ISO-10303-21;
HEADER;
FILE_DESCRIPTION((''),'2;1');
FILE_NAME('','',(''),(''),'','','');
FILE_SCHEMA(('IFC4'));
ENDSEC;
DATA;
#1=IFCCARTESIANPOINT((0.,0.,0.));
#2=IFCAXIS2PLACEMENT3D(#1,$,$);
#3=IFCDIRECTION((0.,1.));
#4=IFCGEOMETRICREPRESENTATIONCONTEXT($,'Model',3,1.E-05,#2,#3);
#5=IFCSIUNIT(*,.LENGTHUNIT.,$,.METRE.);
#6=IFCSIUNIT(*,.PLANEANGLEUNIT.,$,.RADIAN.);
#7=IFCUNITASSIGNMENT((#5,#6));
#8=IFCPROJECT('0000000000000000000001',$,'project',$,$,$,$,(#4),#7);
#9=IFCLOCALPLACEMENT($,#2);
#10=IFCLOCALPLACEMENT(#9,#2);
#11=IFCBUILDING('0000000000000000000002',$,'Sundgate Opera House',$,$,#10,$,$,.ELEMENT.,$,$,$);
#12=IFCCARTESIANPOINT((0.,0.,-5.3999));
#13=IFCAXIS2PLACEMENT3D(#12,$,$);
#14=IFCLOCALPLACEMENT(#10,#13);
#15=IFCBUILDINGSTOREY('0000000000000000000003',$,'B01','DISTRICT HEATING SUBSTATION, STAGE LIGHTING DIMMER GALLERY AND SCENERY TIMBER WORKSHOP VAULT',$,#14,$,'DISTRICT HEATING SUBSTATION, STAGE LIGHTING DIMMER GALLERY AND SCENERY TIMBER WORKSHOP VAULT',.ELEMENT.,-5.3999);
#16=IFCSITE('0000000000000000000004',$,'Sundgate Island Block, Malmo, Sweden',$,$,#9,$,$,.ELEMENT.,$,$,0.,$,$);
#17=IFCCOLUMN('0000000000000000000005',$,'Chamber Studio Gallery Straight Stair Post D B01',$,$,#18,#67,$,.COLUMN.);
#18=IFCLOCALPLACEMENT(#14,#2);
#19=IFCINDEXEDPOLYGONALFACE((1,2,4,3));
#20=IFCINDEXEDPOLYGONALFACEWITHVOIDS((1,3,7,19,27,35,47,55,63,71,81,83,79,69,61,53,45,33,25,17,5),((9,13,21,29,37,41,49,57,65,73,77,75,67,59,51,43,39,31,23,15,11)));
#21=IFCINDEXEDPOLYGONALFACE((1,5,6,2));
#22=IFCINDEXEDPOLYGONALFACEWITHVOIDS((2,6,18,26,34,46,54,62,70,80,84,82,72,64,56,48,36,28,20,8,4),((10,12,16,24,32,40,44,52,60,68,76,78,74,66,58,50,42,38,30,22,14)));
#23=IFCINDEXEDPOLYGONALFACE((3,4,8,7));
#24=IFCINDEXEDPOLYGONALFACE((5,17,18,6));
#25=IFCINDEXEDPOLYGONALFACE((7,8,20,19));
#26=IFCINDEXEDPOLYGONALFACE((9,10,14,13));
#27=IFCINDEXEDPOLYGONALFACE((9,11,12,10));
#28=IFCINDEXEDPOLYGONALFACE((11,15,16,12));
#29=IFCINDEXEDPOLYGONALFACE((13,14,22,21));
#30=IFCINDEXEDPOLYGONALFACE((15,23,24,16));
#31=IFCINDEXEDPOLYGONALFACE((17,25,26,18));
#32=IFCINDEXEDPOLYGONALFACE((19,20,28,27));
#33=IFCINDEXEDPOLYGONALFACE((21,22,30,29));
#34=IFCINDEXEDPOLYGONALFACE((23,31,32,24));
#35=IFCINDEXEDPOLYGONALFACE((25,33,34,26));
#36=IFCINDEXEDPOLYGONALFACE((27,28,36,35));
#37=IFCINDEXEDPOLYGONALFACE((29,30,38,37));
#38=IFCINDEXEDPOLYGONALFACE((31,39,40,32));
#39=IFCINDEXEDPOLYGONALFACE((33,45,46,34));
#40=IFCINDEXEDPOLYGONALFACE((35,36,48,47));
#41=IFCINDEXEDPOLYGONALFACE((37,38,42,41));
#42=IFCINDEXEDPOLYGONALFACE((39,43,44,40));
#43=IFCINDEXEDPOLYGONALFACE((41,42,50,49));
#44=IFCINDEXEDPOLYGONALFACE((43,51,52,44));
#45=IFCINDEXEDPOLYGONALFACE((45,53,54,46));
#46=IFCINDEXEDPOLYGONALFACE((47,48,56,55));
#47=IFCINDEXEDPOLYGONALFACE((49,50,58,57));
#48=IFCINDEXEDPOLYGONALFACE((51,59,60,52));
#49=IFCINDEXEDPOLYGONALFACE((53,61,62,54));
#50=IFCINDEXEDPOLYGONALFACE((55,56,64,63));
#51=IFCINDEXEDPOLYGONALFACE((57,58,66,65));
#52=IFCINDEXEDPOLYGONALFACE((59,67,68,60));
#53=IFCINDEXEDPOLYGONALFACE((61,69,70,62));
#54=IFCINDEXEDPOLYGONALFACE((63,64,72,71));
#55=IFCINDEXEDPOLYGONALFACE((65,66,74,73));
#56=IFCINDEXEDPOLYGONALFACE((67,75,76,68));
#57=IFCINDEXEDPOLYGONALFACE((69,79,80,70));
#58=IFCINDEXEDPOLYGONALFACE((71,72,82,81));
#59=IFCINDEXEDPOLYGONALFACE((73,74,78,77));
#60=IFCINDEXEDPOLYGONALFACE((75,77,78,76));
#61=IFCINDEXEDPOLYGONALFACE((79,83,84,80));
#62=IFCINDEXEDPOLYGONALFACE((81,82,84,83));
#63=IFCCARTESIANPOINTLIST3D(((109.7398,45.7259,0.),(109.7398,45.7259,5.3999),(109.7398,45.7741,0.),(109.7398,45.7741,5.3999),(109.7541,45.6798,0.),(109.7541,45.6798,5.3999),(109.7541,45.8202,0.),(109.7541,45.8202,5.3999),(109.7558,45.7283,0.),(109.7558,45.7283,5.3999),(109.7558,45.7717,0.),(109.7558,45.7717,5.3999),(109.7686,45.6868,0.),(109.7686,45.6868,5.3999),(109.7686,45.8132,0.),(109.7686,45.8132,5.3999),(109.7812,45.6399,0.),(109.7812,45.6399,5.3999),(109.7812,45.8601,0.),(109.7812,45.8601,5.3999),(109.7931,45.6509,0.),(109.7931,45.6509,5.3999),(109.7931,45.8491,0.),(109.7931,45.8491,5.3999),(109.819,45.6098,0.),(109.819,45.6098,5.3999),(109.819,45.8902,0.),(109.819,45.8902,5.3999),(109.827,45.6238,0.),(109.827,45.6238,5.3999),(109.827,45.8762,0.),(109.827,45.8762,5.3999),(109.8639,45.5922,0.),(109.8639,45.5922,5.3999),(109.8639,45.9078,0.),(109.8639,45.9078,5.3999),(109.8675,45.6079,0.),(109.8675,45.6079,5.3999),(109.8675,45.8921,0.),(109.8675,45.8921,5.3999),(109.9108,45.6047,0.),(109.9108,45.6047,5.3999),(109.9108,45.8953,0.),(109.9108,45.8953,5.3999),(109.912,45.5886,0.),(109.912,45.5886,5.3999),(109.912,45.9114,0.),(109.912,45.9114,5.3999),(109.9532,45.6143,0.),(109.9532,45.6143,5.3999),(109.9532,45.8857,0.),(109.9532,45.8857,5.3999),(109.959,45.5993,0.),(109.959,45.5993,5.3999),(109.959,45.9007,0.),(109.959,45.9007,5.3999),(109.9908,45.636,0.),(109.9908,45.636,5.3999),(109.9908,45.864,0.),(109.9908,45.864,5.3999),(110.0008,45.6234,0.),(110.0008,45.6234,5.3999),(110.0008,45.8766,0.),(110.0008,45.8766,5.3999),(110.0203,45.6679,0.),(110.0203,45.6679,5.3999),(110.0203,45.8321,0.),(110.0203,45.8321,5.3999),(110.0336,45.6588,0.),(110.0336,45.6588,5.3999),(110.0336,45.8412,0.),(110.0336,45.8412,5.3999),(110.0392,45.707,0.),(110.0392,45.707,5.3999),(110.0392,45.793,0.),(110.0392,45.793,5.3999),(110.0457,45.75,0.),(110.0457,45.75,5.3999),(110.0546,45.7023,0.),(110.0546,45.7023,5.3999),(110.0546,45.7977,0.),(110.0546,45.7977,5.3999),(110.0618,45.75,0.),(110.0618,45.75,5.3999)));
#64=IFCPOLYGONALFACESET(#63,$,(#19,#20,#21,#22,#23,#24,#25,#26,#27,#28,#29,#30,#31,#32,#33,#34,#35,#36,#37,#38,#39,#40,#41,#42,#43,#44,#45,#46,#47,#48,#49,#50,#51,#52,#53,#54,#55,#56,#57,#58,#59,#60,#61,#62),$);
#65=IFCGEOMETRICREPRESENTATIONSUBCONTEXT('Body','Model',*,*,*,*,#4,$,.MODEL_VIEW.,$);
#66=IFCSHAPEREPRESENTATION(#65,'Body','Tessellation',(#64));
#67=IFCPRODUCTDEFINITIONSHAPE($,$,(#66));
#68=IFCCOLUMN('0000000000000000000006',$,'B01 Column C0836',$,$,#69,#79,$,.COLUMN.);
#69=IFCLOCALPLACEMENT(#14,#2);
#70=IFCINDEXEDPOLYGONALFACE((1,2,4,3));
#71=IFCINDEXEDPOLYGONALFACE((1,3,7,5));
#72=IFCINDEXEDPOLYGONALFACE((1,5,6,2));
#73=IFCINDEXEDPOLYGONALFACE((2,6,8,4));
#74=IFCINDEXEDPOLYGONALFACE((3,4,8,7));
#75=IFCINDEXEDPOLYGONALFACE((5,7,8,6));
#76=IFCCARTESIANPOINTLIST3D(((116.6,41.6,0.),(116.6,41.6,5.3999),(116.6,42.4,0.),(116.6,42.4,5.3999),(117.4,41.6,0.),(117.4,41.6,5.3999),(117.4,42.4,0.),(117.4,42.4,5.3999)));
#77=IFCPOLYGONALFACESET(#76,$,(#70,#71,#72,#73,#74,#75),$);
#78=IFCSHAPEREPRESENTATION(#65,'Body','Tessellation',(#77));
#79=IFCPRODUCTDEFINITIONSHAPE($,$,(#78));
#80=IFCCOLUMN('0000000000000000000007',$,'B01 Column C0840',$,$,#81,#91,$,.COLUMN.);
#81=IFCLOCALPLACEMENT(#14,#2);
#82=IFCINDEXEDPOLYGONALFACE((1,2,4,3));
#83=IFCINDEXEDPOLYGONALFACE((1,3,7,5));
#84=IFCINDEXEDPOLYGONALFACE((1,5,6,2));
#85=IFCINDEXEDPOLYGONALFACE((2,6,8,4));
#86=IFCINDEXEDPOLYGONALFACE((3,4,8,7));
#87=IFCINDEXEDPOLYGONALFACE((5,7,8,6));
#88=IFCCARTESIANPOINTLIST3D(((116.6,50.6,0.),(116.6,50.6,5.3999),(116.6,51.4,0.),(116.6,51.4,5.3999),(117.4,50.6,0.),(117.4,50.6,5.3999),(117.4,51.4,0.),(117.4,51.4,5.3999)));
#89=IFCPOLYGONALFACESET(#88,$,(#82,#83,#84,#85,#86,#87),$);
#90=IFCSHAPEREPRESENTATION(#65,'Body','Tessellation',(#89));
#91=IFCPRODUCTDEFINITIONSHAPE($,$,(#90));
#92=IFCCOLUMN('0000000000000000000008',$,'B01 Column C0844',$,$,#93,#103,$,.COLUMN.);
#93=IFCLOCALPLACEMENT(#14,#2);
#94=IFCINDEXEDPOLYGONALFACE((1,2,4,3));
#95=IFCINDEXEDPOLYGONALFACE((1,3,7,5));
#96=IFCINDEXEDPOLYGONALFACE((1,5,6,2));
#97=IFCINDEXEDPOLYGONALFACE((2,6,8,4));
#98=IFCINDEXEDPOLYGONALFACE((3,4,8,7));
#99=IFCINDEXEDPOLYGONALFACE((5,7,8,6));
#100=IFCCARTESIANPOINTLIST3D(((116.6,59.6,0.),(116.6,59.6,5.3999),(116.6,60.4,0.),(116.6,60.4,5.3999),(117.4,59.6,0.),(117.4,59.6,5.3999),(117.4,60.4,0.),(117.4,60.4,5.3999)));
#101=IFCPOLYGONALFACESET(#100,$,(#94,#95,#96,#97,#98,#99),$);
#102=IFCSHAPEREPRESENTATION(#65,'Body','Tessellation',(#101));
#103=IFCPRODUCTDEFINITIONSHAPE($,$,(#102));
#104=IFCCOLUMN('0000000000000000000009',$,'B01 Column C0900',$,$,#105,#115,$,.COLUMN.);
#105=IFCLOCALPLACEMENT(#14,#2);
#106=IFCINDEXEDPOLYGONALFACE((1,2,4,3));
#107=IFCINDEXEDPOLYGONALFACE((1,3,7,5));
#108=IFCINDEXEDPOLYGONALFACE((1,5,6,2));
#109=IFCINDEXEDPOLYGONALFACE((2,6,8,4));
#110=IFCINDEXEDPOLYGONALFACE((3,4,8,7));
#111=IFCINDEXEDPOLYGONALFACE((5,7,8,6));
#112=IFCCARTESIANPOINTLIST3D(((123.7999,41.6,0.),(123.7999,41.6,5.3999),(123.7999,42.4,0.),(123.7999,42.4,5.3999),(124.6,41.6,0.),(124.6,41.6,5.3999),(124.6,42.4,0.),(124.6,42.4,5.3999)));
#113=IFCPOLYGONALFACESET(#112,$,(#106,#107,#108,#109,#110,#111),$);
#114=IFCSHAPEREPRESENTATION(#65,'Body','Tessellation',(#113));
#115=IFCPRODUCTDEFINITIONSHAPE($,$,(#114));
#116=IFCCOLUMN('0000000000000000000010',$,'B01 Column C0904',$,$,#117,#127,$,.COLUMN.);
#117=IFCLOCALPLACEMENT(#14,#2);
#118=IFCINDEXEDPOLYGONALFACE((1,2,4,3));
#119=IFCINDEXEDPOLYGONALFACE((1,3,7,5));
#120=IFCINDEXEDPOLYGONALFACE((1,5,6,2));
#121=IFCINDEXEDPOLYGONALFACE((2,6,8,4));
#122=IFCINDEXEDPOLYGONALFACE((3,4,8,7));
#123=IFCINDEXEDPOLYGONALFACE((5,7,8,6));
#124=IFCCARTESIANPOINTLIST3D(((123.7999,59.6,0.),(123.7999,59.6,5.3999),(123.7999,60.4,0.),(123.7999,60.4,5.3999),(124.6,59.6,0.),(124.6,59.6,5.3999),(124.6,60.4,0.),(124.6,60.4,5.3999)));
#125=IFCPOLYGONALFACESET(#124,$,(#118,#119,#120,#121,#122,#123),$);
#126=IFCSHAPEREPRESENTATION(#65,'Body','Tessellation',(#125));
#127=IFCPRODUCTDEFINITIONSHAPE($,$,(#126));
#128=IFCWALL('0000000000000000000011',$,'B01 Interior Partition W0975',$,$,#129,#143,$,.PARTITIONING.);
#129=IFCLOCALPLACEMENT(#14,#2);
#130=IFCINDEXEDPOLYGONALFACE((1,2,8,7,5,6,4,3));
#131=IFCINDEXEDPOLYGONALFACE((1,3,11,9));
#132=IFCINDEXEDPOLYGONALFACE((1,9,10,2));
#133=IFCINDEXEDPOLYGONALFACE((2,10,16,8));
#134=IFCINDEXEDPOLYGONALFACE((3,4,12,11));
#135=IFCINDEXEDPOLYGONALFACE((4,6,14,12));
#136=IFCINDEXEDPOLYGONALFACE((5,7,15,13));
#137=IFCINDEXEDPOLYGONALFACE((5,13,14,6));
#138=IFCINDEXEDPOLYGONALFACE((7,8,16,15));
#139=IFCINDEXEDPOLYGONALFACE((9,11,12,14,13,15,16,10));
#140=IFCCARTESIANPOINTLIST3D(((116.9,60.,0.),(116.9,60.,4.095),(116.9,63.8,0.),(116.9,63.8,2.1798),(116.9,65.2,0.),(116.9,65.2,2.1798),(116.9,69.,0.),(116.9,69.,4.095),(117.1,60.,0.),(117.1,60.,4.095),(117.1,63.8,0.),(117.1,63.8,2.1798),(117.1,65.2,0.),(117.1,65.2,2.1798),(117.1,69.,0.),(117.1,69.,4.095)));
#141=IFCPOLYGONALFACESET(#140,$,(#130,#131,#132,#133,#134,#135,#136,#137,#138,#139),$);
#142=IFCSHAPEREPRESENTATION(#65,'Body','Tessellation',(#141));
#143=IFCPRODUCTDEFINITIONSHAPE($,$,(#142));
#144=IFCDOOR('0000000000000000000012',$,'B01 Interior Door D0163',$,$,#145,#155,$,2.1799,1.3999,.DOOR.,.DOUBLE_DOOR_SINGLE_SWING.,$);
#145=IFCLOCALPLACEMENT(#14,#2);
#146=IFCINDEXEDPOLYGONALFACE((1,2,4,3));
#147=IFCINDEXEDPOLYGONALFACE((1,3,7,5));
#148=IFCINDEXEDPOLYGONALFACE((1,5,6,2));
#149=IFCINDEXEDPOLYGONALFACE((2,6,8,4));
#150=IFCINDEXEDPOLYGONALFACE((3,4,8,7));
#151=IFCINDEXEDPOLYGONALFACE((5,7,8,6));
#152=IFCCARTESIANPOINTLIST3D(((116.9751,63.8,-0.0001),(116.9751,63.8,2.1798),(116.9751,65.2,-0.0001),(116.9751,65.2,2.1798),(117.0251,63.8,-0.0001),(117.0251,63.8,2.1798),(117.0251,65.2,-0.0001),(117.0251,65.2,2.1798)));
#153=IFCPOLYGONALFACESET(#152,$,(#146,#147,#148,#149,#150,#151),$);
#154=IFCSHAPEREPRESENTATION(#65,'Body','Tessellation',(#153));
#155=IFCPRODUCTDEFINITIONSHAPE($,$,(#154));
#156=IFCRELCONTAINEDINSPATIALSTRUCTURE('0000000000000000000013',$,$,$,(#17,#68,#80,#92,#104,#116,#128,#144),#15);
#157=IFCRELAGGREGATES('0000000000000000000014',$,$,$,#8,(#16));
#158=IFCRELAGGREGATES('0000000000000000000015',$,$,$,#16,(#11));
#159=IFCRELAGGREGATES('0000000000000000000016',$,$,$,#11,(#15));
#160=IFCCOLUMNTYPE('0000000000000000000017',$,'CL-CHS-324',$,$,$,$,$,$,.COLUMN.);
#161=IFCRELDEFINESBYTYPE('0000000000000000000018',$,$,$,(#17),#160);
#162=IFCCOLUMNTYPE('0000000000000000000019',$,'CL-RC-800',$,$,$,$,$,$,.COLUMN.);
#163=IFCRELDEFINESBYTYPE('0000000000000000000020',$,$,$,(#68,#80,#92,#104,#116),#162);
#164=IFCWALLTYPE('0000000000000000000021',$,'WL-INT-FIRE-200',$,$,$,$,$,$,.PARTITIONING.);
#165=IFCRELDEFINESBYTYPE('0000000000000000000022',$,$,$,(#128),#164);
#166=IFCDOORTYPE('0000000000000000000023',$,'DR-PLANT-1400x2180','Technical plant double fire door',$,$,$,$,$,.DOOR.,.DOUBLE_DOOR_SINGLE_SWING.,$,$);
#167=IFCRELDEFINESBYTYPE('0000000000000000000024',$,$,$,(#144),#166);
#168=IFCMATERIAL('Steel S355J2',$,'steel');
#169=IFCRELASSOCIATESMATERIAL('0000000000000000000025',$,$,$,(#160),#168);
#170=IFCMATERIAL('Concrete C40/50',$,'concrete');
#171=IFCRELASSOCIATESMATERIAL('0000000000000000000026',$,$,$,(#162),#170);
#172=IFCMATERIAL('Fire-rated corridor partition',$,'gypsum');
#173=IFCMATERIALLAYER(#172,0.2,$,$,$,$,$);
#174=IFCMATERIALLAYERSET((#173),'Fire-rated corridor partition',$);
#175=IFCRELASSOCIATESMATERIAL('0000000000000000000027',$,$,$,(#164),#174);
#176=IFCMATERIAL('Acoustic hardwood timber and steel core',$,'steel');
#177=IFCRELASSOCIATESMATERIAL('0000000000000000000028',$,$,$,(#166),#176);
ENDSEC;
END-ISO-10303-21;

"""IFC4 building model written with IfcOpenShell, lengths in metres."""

from ifc_helpers import new_model, si_unit, direction, frame, frame_2d, origin, origin_2d, place, context, subcontext, project, spatial, rectangle, hollow_circle, extrude, material, layer, layer_set, material_profile, profile_set, type_object, element, fill, save


model = new_model("IFC4")

# Units and contexts
model_context = context("Model", 3, precision=1e-05, world=origin(), true_north=direction((0.0, 1.0)))
body_context = subcontext(model_context, "Body", "Model", "MODEL_VIEW")
ifc_project = project(units=[si_unit("LENGTHUNIT", "METRE"), si_unit("PLANEANGLEUNIT", "RADIAN")], contexts=[model_context])

# Site, building, storey
site_placement = place(None, origin())
site = spatial("IfcSite", under=ifc_project, at=site_placement, Name="Sundgate Island Block, Malmo, Sweden", CompositionType="ELEMENT", RefElevation=0.0)
building_placement = place(site_placement, origin())
building = spatial("IfcBuilding", under=site, at=building_placement, Name="Sundgate Opera House", CompositionType="ELEMENT")
storey_placement = place(building_placement, frame((0.0, 0.0, -5.3999)))
storey = spatial("IfcBuildingStorey", under=building, at=storey_placement, Name="B01", Description="DISTRICT HEATING SUBSTATION, STAGE LIGHTING DIMMER GALLERY AND SCENERY TIMBER WORKSHOP VAULT", LongName="DISTRICT HEATING SUBSTATION, STAGE LIGHTING DIMMER GALLERY AND SCENERY TIMBER WORKSHOP VAULT", CompositionType="ELEMENT", Elevation=-5.3999)

# Columns
ifc_material_1 = material(Name="Steel S355J2", Category="steel")
ifc_material_profile_1 = material_profile(ifc_material_1, hollow_circle(Radius=0.1619, WallThickness=0.0161, at=origin_2d()), Name="CHS 323.9x16.0")
ifc_profile_set_1 = profile_set([ifc_material_profile_1], Name="Steel S355J2")
column_type_1 = type_object("IfcColumnType", Name="CL-CHS-324", PredefinedType="COLUMN", material=ifc_profile_set_1)
column_placement = place(storey_placement, frame((109.8999, 45.75, 0.0), z_axis=(0.0, 0.0, 1.0), x_axis=(1.0, 0.0, 0.0)))
element("IfcColumn", 1, at=column_placement, inside=storey, type_object=column_type_1, Name="Chamber Studio Gallery Straight Stair Post D B01", PredefinedType="COLUMN", context=body_context, shape_type="SweptSolid", body=[
    extrude(hollow_circle(Radius=0.1619, WallThickness=0.0161, at=origin_2d()), origin(), (0.0, 0.0, 1.0), 5.3999),
])
ifc_material_2 = material(Name="Concrete C40/50", Category="concrete")
ifc_material_profile_2 = material_profile(ifc_material_2, rectangle(XDim=0.8, YDim=0.8, at=origin_2d()), Name="RC 800x800")
ifc_profile_set_2 = profile_set([ifc_material_profile_2], Name="Concrete C40/50")
column_type_2 = type_object("IfcColumnType", Name="CL-RC-800", PredefinedType="COLUMN", material=ifc_profile_set_2)
for number, where, z_axis, x_axis, name in (
    (2, (117.0, 42.0, 0.0), (0.0, 0.0, 1.0), (1.0, 0.0, 0.0), "B01 Column C0836"),
    (3, (117.0, 51.0, 0.0), (0.0, 0.0, 1.0), (1.0, 0.0, 0.0), "B01 Column C0840"),
    (4, (117.0, 60.0, 0.0), (0.0, 0.0, 1.0), (1.0, 0.0, 0.0), "B01 Column C0844"),
    (5, (124.2, 42.0, 0.0), (0.0, 0.0, 1.0), (1.0, 0.0, 0.0), "B01 Column C0900"),
    (6, (124.2, 60.0, 0.0), (0.0, 0.0, 1.0), (1.0, 0.0, 0.0), "B01 Column C0904"),
):
    element("IfcColumn", number, at=place(storey_placement, frame(where, z_axis=z_axis, x_axis=x_axis)), inside=storey, type_object=column_type_2, Name=name, PredefinedType="COLUMN", context=body_context, shape_type="SweptSolid", body=[
        extrude(rectangle(XDim=0.8, YDim=0.8, at=origin_2d()), origin(), (0.0, 0.0, 1.0), 5.3999),
    ])

# Wall, opening, door
ifc_material_3 = material(Name="Fire-rated corridor partition", Category="gypsum")
ifc_layer = layer(ifc_material_3, 0.2)
ifc_layer_set = layer_set([ifc_layer], Name="Fire-rated corridor partition")
wall_type = type_object("IfcWallType", Name="WL-INT-FIRE-200", PredefinedType="PARTITIONING", material=ifc_layer_set)
wall_placement = place(storey_placement, frame((117.0, 60.0, 0.0), z_axis=(0.0, 0.0, 1.0), x_axis=(0.0, 1.0, 0.0)))
wall = element("IfcWall", 7, at=wall_placement, inside=storey, type_object=wall_type, Name="B01 Interior Partition W0975", PredefinedType="PARTITIONING", context=body_context, shape_type="SweptSolid", body=[
    extrude(rectangle(XDim=9.0, YDim=0.2, at=frame_2d((4.5, 0.0))), origin(), (0.0, 0.0, 1.0), 4.095),
])
opening_placement = place(wall_placement, frame((3.8, 0.0, 0.0)))
opening = element("IfcOpeningElement", 8, at=opening_placement, cuts=wall, PredefinedType="OPENING", context=body_context, shape_type="SweptSolid", body=[
    extrude(rectangle(XDim=1.3999, YDim=2.1799, at=frame_2d((0.7, 1.0898))), frame((0.0, 0.1099, 0.0), z_axis=(0.0, -1.0, 0.0), x_axis=(1.0, 0.0, 0.0)), (0.0, 0.0, 1.0), 0.22),
])
ifc_material_4 = material(Name="Acoustic hardwood timber and steel core", Category="steel")
door_type = type_object("IfcDoorType", Name="DR-PLANT-1400x2180", Description="Technical plant double fire door", OperationType="DOUBLE_DOOR_SINGLE_SWING", PredefinedType="DOOR", material=ifc_material_4)
door_placement = place(opening_placement, origin())
door = element("IfcDoor", 9, at=door_placement, inside=storey, type_object=door_type, Name="B01 Interior Door D0163", OperationType="DOUBLE_DOOR_SINGLE_SWING", OverallHeight=2.1799, OverallWidth=1.3999, PredefinedType="DOOR", context=body_context, shape_type="SweptSolid", body=[
    extrude(rectangle(XDim=1.3999, YDim=2.1799, at=frame_2d((0.7, 1.0898))), frame((0.0, 0.0249, 0.0), z_axis=(0.0, -1.0, 0.0), x_axis=(1.0, 0.0, 0.0)), (0.0, 0.0, 1.0), 0.05),
])
fill(opening, door)

save(model, "model.ifc")
